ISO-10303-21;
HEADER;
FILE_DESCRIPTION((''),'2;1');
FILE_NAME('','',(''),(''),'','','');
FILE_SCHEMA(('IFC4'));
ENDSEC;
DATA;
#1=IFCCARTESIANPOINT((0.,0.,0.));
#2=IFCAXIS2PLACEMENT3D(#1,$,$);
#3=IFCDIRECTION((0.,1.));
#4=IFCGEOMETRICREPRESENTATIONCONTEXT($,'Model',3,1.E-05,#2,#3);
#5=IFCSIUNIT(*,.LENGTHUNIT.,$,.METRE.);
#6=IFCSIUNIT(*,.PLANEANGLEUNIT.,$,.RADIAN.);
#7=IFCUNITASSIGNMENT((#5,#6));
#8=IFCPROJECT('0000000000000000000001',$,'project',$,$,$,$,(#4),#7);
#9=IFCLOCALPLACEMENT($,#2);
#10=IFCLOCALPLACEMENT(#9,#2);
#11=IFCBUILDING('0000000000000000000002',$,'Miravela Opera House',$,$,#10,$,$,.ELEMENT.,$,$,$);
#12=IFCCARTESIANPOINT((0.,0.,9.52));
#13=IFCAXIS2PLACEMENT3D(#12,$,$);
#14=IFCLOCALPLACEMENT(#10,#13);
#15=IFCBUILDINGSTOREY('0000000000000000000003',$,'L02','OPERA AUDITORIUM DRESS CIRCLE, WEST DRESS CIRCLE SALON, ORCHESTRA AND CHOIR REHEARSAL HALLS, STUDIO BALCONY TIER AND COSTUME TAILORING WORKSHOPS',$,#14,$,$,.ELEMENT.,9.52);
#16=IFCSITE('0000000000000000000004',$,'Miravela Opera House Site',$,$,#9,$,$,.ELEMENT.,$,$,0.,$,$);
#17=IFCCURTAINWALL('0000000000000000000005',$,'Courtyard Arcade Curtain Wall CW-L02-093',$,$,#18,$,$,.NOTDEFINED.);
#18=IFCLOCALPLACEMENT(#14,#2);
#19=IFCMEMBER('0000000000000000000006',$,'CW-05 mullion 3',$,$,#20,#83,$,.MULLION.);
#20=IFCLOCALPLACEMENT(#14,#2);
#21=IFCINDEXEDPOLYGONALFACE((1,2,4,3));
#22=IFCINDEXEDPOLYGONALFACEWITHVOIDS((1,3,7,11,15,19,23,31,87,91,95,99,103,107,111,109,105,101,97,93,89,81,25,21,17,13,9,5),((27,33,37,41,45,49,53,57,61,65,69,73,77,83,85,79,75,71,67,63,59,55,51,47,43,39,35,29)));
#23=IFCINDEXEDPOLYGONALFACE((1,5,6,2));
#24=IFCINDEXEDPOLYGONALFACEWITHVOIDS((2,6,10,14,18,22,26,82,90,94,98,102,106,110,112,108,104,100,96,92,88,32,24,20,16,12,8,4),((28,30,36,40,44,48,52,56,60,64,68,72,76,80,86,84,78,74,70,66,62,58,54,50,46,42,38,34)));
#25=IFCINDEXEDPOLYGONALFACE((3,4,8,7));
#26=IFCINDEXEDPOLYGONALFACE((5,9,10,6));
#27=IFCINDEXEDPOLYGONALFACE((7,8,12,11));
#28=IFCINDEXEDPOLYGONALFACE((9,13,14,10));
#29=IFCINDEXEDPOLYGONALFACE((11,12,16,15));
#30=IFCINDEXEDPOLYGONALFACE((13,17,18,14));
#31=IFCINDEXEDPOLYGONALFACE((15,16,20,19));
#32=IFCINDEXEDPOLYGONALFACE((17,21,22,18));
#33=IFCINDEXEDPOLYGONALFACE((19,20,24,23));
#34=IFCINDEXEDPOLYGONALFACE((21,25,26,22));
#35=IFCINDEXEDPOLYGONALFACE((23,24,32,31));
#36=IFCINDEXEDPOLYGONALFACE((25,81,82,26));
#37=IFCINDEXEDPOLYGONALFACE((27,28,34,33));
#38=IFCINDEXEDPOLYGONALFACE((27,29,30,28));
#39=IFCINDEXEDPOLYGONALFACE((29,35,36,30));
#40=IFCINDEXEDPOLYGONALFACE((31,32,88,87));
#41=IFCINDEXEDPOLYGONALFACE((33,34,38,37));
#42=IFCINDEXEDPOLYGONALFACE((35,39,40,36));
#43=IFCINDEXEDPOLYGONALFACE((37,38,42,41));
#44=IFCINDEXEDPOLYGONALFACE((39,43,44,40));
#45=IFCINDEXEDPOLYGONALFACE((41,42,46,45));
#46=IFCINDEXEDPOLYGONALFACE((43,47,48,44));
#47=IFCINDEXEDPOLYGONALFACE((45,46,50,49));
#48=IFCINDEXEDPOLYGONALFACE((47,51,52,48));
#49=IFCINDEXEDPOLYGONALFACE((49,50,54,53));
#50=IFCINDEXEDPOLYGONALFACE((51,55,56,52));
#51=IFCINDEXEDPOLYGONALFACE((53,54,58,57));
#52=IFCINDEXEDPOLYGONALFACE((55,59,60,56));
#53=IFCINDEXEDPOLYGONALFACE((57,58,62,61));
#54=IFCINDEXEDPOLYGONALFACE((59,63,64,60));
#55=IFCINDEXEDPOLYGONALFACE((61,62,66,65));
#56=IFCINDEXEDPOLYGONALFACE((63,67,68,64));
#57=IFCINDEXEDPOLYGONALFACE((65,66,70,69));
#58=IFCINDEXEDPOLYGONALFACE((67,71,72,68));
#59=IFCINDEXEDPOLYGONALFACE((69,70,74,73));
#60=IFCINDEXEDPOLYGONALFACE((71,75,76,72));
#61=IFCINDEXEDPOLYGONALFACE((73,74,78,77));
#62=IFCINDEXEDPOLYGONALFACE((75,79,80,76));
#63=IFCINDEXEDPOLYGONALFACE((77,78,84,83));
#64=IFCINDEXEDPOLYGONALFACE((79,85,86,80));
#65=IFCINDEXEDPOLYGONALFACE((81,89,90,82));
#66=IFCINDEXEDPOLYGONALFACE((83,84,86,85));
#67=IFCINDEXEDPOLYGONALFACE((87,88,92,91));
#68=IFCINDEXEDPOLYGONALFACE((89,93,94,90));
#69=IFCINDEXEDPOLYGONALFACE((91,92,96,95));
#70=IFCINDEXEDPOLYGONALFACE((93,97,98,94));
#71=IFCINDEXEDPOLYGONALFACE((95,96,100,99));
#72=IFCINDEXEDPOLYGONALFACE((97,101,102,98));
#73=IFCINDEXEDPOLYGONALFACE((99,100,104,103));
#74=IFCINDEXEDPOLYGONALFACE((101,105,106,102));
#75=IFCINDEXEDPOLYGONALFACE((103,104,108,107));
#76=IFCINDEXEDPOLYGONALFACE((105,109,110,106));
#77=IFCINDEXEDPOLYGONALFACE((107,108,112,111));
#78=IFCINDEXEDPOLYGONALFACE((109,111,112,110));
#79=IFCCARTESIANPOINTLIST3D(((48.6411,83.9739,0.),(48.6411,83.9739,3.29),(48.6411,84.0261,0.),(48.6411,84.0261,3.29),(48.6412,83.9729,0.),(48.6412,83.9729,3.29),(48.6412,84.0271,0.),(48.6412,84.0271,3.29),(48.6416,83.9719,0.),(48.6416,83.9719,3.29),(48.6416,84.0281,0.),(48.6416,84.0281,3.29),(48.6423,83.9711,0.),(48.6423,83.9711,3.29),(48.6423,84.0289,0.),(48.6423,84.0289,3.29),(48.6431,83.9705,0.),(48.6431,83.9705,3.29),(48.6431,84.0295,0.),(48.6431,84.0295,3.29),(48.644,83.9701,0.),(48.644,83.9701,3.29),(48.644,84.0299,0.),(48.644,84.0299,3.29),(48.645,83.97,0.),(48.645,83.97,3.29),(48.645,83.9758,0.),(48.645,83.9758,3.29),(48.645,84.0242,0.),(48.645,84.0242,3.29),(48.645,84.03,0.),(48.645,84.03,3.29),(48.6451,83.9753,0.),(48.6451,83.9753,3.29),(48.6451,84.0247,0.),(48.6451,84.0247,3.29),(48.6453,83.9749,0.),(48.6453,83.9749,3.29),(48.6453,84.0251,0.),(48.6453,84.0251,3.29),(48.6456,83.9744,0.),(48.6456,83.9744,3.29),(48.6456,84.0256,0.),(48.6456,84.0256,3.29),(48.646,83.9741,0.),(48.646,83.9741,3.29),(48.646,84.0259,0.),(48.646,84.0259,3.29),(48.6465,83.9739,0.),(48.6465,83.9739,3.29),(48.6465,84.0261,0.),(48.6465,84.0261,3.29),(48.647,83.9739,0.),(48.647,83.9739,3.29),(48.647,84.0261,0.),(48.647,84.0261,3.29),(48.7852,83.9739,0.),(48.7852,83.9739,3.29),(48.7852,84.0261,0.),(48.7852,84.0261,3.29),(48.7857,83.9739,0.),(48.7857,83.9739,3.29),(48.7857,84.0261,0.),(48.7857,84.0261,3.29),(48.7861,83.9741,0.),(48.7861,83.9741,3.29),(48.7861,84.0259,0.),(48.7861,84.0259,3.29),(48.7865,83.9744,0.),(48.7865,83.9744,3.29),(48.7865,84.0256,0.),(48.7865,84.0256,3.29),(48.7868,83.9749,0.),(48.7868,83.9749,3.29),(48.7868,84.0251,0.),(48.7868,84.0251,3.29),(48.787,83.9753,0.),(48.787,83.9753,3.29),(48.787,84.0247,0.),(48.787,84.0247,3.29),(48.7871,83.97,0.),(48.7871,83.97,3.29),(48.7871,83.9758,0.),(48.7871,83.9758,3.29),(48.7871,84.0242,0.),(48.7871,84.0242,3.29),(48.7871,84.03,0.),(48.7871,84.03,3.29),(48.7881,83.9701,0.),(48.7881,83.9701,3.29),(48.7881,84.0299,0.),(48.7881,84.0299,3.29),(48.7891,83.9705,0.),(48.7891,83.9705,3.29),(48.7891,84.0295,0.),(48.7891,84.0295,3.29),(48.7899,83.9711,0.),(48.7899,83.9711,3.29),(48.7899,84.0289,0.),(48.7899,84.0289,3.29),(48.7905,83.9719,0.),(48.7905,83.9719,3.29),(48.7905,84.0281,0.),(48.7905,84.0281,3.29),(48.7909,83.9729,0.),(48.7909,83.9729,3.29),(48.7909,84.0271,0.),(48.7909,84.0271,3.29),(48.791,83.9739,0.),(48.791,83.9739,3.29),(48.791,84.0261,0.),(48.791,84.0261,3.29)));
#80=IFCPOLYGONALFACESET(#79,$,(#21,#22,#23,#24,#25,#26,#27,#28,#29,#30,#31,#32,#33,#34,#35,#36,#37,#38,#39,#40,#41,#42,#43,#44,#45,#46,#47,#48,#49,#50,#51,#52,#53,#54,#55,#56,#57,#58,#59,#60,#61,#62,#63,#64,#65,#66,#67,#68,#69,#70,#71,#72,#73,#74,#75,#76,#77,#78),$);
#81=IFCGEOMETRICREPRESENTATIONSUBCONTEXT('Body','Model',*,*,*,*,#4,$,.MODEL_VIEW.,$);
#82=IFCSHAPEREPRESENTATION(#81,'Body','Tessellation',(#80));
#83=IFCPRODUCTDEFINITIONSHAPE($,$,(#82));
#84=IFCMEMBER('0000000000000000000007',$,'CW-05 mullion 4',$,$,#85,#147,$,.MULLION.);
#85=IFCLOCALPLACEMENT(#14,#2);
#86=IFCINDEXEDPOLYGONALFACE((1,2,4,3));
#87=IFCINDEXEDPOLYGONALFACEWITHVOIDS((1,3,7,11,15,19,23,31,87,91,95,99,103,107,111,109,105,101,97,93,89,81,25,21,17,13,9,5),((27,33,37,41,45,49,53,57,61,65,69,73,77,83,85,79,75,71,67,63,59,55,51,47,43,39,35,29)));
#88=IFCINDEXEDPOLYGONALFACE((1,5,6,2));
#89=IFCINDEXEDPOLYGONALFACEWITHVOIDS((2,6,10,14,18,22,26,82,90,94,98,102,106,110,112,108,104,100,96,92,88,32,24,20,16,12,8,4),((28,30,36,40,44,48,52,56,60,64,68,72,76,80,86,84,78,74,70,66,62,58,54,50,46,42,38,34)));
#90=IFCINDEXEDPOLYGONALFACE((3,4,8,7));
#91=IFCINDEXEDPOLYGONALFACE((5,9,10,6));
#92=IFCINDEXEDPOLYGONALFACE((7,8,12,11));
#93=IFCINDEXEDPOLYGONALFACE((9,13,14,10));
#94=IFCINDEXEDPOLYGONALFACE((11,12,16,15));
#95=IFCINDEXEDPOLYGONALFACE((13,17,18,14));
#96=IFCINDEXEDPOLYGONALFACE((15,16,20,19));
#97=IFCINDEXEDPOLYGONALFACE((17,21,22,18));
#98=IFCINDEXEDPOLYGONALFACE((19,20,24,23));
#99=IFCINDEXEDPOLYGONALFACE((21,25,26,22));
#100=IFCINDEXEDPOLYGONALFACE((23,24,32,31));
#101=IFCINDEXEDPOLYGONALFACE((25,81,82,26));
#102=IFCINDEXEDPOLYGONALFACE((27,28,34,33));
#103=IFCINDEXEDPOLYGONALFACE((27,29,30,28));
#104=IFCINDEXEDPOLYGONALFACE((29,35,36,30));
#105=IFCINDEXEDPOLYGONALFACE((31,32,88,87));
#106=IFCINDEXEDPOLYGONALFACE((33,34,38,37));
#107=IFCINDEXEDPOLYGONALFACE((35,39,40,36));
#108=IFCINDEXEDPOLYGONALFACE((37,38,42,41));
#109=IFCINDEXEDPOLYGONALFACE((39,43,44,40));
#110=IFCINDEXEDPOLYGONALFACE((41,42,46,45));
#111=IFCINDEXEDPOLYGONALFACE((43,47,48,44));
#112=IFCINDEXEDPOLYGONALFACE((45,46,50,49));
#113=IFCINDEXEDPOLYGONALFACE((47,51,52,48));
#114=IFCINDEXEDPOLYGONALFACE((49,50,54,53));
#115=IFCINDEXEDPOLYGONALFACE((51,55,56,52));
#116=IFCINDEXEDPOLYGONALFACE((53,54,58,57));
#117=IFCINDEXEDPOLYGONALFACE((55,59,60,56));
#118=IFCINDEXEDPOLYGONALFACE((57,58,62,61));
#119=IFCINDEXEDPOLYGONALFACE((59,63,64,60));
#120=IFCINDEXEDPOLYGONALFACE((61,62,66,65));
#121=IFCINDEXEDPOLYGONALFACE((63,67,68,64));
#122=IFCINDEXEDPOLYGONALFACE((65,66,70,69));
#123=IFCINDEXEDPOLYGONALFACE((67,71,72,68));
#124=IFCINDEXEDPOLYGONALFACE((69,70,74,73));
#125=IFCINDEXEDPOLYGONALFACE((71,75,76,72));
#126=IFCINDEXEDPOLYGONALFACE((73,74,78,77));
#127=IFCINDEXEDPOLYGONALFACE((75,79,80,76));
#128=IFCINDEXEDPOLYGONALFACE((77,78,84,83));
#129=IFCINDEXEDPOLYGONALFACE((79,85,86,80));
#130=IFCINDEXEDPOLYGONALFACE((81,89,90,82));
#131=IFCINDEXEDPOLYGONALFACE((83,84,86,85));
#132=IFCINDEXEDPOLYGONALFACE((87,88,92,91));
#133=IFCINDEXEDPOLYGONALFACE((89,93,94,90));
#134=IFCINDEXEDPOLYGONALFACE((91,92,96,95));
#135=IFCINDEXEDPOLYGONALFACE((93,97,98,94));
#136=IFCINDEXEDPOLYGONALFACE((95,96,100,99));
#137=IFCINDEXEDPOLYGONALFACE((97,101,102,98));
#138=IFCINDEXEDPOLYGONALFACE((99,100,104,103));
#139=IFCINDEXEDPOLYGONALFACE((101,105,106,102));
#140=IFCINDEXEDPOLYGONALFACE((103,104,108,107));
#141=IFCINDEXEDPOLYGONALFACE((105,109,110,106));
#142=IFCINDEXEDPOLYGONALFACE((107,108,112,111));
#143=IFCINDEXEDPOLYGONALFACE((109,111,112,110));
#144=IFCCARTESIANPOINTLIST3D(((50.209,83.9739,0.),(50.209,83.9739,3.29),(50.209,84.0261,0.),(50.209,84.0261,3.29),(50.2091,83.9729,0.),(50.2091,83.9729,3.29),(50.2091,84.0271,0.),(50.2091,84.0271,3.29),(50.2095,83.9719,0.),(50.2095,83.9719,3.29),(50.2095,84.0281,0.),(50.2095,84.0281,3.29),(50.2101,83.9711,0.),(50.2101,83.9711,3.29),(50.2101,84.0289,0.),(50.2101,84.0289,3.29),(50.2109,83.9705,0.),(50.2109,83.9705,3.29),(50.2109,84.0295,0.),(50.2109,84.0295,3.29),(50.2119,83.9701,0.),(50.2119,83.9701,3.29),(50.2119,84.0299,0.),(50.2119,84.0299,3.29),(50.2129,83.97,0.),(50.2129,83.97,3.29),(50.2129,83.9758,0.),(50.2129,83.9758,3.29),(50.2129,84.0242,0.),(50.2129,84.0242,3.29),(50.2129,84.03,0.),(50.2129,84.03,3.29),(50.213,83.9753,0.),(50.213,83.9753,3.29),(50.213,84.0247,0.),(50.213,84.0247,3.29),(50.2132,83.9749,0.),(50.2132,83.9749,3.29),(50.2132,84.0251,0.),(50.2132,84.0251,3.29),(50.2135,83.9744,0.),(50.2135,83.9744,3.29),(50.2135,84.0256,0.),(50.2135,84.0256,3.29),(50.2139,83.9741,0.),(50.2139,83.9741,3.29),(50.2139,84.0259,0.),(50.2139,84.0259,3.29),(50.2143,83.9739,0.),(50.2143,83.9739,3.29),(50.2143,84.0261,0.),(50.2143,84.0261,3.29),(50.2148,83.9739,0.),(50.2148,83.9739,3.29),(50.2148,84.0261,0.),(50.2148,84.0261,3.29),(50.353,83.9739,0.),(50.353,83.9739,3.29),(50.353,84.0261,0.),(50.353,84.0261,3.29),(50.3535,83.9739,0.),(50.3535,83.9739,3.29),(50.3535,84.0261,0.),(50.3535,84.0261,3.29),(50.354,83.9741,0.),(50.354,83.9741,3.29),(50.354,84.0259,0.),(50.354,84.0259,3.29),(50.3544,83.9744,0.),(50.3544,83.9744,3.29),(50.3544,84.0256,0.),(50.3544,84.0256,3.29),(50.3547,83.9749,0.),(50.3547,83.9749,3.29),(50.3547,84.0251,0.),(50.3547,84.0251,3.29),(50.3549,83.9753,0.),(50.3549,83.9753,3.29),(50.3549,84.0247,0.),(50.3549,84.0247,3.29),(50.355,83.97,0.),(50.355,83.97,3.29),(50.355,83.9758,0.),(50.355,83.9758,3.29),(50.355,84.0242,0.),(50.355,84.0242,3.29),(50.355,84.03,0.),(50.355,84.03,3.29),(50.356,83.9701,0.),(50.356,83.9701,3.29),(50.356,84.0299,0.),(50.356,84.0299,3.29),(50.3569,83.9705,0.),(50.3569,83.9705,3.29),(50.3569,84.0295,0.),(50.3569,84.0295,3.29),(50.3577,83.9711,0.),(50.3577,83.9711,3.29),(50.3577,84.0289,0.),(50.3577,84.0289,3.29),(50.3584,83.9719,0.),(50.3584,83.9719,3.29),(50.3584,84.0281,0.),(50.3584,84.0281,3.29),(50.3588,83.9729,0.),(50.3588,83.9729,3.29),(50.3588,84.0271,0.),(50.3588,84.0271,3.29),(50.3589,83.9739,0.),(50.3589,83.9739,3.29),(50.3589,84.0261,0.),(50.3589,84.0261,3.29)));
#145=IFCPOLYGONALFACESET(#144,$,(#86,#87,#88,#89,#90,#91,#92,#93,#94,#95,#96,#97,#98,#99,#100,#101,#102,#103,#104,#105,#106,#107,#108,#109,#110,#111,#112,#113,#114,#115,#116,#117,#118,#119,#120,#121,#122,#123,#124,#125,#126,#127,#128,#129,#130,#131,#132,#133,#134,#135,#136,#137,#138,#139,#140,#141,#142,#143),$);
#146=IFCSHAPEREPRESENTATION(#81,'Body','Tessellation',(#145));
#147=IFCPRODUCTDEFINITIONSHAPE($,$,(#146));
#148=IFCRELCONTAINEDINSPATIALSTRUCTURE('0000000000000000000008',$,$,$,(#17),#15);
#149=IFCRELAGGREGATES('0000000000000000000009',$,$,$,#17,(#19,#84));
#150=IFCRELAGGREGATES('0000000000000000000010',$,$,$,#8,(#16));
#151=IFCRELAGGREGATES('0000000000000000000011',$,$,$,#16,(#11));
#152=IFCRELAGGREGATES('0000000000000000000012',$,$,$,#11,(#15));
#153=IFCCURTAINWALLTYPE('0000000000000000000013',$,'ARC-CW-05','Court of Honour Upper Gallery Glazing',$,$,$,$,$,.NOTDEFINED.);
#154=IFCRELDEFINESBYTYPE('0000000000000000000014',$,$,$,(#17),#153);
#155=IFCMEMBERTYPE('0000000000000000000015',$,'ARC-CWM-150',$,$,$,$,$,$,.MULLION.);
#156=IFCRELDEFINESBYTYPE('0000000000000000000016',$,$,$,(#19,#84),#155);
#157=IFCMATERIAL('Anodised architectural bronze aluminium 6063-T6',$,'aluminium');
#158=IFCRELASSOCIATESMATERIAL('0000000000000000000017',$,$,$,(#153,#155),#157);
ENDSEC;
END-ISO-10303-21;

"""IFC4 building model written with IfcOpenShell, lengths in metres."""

from ifc_helpers import new_model, si_unit, direction, frame, origin, origin_2d, place, context, subcontext, project, spatial, hollow_rectangle, extrude, material, material_profile, profile_set, type_object, element, aggregate, save


model = new_model("IFC4")

# Units and contexts
model_context = context("Model", 3, precision=1e-05, world=origin(), true_north=direction((0.0, 1.0)))
body_context = subcontext(model_context, "Body", "Model", "MODEL_VIEW")
ifc_project = project(units=[si_unit("LENGTHUNIT", "METRE"), si_unit("PLANEANGLEUNIT", "RADIAN")], contexts=[model_context])

# Site, building, storey
site_placement = place(None, origin())
site = spatial("IfcSite", under=ifc_project, at=site_placement, Name="Miravela Opera House Site", CompositionType="ELEMENT", RefElevation=0.0)
building_placement = place(site_placement, origin())
building = spatial("IfcBuilding", under=site, at=building_placement, Name="Miravela Opera House", CompositionType="ELEMENT")
storey_placement = place(building_placement, frame((0.0, 0.0, 9.52)))
storey = spatial("IfcBuildingStorey", under=building, at=storey_placement, Name="L02", Description="OPERA AUDITORIUM DRESS CIRCLE, WEST DRESS CIRCLE SALON, ORCHESTRA AND CHOIR REHEARSAL HALLS, STUDIO BALCONY TIER AND COSTUME TAILORING WORKSHOPS", CompositionType="ELEMENT", Elevation=9.52)

# Curtain wall, members
ifc_material_1 = material(Name="Anodised architectural bronze aluminium 6063-T6", Category="aluminium")
curtain_wall_type = type_object("IfcCurtainWallType", Name="ARC-CW-05", Description="Court of Honour Upper Gallery Glazing", PredefinedType="NOTDEFINED", material=ifc_material_1)
curtain_wall_placement = place(storey_placement, origin())
curtain_wall = element("IfcCurtainWall", 1, at=curtain_wall_placement, inside=storey, type_object=curtain_wall_type, Name="Courtyard Arcade Curtain Wall CW-L02-093", PredefinedType="NOTDEFINED")
ifc_material_profile_1 = material_profile(ifc_material_1, hollow_rectangle(XDim=0.0601, YDim=0.1499, WallThickness=0.0039, InnerFilletRadius=0.002, OuterFilletRadius=0.0039, at=origin_2d()), Name="CWM-60X150")
ifc_profile_set_1 = profile_set([ifc_material_profile_1])
member_type_1 = type_object("IfcMemberType", Name="ARC-CWM-150", PredefinedType="MULLION", material=ifc_profile_set_1)
member_1_placement = place(storey_placement, frame((48.7161, 84.0, 0.0), z_axis=(0.0, 0.0, 1.0), x_axis=(0.0, 1.0, 0.0)))
member_1 = element("IfcMember", 2, at=member_1_placement, type_object=member_type_1, Name="CW-05 mullion 3", PredefinedType="MULLION", context=body_context, shape_type="SweptSolid", body=[
    extrude(hollow_rectangle(XDim=0.0601, YDim=0.1499, WallThickness=0.0039, InnerFilletRadius=0.002, OuterFilletRadius=0.0039, at=origin_2d()), origin(), (0.0, 0.0, 1.0), 3.29),
])
member_2_placement = place(storey_placement, frame((50.2839, 84.0, 0.0), z_axis=(0.0, 0.0, 1.0), x_axis=(0.0, 1.0, 0.0)))
member_2 = element("IfcMember", 3, at=member_2_placement, type_object=member_type_1, Name="CW-05 mullion 4", PredefinedType="MULLION", context=body_context, shape_type="SweptSolid", body=[
    extrude(hollow_rectangle(XDim=0.0601, YDim=0.1499, WallThickness=0.0039, InnerFilletRadius=0.002, OuterFilletRadius=0.0039, at=origin_2d()), origin(), (0.0, 0.0, 1.0), 3.29),
])
aggregate(curtain_wall, [member_1, member_2])

save(model, "model.ifc")
